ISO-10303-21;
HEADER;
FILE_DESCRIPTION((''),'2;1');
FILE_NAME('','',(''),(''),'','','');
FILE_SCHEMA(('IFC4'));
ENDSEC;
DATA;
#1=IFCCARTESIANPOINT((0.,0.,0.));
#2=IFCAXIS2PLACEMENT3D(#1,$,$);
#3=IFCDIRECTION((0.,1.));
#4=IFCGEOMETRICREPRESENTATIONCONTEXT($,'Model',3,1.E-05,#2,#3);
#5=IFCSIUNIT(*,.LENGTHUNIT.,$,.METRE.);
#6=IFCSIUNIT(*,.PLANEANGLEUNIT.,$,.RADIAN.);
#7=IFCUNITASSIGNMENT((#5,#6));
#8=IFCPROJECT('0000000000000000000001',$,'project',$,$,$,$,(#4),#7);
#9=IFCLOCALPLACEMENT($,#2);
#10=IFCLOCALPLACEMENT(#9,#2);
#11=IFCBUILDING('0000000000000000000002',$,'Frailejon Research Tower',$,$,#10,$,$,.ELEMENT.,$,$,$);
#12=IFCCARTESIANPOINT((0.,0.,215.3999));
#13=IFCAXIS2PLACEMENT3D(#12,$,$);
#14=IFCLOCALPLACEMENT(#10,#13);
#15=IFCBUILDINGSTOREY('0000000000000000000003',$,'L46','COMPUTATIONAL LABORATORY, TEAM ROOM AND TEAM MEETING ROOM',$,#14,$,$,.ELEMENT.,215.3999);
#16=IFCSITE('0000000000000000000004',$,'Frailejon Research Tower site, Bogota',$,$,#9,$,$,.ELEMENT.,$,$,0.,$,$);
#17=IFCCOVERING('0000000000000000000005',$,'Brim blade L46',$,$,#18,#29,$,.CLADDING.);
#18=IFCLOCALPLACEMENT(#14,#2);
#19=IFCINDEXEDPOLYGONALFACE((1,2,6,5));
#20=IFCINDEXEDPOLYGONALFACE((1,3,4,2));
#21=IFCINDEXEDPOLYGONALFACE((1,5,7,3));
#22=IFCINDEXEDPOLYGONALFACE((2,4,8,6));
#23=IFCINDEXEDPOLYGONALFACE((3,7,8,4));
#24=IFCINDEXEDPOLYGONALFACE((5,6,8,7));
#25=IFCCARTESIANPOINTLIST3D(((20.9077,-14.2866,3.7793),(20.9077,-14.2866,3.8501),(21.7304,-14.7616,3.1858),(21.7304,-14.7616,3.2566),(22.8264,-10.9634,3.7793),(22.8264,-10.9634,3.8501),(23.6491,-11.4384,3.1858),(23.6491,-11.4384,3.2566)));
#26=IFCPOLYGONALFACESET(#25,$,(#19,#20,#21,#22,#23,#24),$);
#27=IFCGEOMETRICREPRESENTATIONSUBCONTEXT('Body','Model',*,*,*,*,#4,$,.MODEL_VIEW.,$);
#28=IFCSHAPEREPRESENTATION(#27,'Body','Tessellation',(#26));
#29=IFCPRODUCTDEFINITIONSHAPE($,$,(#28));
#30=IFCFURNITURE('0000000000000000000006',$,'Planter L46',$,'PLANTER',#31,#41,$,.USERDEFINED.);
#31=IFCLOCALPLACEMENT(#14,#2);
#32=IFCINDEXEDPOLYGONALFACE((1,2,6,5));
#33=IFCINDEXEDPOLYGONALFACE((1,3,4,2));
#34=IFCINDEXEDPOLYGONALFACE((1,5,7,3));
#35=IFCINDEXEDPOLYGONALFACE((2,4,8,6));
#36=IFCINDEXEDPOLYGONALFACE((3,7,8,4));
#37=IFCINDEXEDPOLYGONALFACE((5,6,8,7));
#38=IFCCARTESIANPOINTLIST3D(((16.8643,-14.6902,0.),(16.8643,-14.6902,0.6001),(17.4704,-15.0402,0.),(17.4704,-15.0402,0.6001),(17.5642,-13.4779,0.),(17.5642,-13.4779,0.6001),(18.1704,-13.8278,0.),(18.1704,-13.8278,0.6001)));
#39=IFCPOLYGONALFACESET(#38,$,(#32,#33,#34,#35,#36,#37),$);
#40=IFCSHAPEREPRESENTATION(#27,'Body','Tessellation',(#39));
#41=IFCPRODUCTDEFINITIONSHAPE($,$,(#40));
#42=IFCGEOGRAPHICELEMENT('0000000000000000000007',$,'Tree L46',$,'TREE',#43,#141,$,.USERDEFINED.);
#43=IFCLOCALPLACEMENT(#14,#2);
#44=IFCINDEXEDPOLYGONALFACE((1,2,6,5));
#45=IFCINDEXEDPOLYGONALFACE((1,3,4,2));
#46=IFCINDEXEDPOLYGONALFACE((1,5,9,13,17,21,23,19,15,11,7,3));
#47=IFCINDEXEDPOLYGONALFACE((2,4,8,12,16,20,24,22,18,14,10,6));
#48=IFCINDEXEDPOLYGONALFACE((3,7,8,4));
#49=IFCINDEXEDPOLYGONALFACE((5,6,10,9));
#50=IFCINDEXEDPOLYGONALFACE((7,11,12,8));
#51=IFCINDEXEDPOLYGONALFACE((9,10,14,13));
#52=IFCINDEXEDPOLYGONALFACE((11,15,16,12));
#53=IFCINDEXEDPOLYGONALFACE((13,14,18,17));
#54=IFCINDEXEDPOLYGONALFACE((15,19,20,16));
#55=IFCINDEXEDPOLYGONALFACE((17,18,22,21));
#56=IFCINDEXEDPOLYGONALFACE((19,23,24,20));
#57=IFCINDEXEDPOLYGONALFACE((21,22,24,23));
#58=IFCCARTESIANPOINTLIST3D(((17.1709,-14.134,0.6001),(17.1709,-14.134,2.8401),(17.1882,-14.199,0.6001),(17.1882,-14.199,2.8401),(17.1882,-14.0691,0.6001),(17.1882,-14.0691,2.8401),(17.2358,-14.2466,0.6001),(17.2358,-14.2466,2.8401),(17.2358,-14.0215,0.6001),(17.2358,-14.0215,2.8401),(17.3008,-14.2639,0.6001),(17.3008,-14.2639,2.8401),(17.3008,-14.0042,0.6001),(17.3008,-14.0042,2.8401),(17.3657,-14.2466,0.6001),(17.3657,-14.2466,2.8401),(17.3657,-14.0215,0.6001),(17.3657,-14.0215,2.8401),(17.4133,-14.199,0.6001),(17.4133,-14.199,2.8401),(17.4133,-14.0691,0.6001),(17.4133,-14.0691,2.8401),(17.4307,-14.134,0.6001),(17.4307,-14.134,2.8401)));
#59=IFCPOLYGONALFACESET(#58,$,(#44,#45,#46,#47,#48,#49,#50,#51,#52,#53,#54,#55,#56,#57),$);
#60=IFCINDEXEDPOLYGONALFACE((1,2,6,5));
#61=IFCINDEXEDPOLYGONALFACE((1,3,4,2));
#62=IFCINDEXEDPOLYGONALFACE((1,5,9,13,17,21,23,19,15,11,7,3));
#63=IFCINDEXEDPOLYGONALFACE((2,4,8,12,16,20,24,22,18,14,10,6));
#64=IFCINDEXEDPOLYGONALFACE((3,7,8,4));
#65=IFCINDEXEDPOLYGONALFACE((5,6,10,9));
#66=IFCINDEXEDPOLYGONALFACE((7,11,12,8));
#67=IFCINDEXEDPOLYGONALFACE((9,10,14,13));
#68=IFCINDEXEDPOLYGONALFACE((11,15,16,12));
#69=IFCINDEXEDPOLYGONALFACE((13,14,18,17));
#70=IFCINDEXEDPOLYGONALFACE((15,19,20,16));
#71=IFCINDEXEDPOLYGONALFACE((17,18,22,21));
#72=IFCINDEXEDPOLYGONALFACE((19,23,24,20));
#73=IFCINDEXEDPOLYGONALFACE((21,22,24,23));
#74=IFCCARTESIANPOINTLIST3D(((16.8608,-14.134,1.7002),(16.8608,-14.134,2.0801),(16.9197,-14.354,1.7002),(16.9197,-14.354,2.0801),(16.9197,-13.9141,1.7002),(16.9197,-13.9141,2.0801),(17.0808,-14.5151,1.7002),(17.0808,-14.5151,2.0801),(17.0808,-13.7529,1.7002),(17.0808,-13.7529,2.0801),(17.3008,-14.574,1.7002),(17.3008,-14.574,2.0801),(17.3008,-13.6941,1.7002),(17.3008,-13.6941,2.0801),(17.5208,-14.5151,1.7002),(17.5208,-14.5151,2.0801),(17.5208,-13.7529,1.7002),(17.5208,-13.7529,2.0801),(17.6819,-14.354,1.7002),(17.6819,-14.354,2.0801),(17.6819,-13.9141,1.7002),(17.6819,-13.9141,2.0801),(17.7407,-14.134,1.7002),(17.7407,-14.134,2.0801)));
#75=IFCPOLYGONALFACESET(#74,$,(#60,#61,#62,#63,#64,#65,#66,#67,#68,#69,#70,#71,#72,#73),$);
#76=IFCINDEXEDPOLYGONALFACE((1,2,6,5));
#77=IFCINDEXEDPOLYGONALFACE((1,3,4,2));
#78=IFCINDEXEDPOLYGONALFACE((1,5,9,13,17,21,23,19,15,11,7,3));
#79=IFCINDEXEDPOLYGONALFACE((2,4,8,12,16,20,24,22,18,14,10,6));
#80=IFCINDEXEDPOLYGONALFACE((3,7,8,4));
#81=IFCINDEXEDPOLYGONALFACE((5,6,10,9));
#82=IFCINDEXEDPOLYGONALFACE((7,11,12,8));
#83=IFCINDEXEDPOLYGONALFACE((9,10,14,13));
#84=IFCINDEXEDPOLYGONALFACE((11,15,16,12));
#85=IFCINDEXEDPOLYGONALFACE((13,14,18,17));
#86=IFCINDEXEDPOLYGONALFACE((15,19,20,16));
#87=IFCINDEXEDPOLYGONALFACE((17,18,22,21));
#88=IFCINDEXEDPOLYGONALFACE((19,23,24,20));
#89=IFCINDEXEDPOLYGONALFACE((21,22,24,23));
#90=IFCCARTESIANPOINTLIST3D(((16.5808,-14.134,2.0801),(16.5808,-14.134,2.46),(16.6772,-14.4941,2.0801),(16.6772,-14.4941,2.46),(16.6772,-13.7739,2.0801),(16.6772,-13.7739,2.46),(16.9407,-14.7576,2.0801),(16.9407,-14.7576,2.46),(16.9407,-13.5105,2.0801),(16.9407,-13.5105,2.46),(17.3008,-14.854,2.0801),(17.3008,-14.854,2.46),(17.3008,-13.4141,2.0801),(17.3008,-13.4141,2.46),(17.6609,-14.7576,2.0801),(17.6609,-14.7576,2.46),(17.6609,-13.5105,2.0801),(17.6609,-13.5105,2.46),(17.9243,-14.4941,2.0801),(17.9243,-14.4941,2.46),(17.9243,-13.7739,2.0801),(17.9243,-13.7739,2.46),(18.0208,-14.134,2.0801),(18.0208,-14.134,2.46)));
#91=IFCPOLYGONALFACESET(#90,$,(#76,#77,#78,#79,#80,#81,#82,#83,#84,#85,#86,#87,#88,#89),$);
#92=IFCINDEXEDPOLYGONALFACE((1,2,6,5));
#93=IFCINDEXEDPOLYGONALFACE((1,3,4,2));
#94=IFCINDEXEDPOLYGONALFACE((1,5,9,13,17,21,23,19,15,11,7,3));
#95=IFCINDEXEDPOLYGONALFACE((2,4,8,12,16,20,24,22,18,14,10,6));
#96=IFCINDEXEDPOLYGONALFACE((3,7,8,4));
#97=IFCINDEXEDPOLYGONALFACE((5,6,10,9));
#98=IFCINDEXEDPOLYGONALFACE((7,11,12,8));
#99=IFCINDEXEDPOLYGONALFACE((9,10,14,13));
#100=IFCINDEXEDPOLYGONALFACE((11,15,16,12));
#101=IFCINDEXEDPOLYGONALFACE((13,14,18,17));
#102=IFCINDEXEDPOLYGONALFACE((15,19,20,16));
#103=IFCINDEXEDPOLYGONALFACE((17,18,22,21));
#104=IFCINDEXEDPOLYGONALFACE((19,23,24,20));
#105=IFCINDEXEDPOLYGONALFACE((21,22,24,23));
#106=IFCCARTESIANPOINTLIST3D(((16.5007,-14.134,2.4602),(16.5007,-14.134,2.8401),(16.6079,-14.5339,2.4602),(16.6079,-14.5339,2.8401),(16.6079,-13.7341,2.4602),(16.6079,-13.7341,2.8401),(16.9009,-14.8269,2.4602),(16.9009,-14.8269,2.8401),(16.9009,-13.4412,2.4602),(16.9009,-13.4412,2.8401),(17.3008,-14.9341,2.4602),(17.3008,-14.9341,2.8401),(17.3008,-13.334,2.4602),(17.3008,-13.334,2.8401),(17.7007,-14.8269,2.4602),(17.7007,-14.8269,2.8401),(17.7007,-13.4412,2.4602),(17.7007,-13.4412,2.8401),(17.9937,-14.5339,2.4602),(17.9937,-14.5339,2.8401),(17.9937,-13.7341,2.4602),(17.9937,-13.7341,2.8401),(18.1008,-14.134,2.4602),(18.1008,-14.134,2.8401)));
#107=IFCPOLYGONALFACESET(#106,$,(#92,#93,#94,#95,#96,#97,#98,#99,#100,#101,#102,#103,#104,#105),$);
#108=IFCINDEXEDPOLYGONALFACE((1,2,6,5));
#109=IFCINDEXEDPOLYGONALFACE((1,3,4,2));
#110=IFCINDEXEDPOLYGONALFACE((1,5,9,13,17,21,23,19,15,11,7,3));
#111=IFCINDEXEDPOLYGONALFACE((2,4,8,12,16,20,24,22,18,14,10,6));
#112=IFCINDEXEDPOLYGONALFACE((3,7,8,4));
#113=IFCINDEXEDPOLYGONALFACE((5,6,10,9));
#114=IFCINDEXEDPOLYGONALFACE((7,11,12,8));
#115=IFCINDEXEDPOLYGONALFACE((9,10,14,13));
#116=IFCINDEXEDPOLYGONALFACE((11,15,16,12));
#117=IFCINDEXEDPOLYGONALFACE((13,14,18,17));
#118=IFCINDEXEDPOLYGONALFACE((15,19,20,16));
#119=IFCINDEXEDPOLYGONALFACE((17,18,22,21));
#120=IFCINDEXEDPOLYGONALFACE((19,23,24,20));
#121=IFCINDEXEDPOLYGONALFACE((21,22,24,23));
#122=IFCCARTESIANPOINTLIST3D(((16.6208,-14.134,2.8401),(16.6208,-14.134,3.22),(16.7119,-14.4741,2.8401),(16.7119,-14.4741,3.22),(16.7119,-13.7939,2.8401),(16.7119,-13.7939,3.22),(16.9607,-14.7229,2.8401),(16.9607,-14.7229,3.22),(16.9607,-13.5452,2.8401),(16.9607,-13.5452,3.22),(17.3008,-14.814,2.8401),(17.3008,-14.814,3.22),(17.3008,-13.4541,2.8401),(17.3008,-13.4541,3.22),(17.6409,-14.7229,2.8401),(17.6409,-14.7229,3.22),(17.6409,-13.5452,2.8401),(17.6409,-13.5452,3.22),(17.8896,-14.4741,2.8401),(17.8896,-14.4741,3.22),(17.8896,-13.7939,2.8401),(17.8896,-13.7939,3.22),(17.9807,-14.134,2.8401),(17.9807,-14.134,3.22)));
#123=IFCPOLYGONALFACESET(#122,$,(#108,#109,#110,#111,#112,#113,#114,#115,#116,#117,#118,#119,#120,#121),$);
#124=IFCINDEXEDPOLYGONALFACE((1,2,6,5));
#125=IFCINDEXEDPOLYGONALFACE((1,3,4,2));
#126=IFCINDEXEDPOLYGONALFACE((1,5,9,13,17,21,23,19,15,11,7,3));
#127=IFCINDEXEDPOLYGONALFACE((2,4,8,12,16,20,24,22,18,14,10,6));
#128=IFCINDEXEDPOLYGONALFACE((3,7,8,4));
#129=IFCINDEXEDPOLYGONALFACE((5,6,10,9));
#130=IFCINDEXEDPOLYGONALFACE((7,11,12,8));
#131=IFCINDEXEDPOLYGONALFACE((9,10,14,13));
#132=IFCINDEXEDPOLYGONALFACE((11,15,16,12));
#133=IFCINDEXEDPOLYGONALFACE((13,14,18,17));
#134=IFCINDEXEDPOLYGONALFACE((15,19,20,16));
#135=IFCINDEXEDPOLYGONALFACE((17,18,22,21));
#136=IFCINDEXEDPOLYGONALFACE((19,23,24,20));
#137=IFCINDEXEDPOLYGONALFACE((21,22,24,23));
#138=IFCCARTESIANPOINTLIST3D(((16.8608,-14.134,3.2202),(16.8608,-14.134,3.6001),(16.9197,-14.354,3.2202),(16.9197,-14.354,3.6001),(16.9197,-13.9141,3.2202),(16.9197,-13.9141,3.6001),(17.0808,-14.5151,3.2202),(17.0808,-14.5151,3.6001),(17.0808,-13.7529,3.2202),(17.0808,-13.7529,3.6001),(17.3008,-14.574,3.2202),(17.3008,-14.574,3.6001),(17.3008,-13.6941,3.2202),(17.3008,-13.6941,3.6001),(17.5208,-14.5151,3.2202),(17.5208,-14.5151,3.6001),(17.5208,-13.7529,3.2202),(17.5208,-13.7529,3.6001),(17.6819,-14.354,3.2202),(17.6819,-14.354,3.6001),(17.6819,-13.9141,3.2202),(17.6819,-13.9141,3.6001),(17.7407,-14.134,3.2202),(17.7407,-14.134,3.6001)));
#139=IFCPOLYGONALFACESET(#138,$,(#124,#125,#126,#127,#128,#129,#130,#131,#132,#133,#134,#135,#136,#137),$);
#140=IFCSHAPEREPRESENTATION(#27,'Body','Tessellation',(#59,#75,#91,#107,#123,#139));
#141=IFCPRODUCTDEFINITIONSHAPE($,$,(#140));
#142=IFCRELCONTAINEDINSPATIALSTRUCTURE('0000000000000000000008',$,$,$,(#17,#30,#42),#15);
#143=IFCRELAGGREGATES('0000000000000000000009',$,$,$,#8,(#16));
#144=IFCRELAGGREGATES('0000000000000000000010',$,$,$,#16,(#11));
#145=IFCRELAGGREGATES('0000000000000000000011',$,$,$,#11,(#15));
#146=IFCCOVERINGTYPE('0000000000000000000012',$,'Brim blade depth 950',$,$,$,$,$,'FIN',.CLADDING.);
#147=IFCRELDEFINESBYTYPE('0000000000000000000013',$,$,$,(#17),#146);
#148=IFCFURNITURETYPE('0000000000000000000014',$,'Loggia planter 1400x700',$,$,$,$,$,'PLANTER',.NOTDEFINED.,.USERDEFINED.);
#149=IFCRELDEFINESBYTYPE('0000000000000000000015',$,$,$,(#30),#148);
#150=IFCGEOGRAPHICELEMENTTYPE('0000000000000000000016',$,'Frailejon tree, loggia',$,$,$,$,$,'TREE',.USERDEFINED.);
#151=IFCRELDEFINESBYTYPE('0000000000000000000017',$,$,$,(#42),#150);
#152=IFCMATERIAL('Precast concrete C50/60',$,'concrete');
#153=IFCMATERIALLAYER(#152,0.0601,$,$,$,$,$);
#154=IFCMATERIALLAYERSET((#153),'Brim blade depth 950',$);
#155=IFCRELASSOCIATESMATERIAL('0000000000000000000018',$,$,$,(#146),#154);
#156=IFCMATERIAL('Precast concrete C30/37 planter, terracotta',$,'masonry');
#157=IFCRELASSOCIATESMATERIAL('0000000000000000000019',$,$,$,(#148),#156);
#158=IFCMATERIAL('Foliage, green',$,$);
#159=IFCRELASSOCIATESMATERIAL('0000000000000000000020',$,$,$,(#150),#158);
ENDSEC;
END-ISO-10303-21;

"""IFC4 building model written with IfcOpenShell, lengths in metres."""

from ifc_helpers import new_model, si_unit, direction, frame, origin, origin_2d, place, context, subcontext, project, spatial, polyline, rectangle, outline, extrude, material, layer, layer_set, type_object, element, save


model = new_model("IFC4")

# Units and contexts
model_context = context("Model", 3, precision=1e-05, world=origin(), true_north=direction((0.0, 1.0)))
body_context = subcontext(model_context, "Body", "Model", "MODEL_VIEW")
ifc_project = project(units=[si_unit("LENGTHUNIT", "METRE"), si_unit("PLANEANGLEUNIT", "RADIAN")], contexts=[model_context])

# Site, building, storey
site_placement = place(None, origin())
site = spatial("IfcSite", under=ifc_project, at=site_placement, Name="Frailejon Research Tower site, Bogota", CompositionType="ELEMENT", RefElevation=0.0)
building_placement = place(site_placement, origin())
building = spatial("IfcBuilding", under=site, at=building_placement, Name="Frailejon Research Tower", CompositionType="ELEMENT")
storey_placement = place(building_placement, frame((0.0, 0.0, 215.3999)))
storey = spatial("IfcBuildingStorey", under=building, at=storey_placement, Name="L46", Description="COMPUTATIONAL LABORATORY, TEAM ROOM AND TEAM MEETING ROOM", CompositionType="ELEMENT", Elevation=215.3999)

# Covering
ifc_material_1 = material(Name="Precast concrete C50/60", Category="concrete")
ifc_layer_1 = layer(ifc_material_1, 0.0601)
ifc_layer_set_1 = layer_set([ifc_layer_1], Name="Brim blade depth 950")
covering_type_1 = type_object("IfcCoveringType", Name="Brim blade depth 950", ElementType="FIN", PredefinedType="CLADDING", material=ifc_layer_set_1)
covering_1_placement = place(storey_placement, frame((22.8264, -10.9634, 3.8501), z_axis=(-0.50001, -0.86602, 0.0), x_axis=(0.86602, -0.50001, 0.0)))
element("IfcCovering", 1, at=covering_1_placement, inside=storey, type_object=covering_type_1, Name="Brim blade L46", PredefinedType="CLADDING", context=body_context, shape_type="SweptSolid", body=[
    extrude(outline(polyline([(0.0, -0.0708), (0.95, -0.6643), (0.95, -0.5935), (0.0, 0.0), (0.0, -0.0708)])), origin(), (0.0, 0.0, 1.0), 3.8374),
])

# Furniture
ifc_material_2 = material(Name="Precast concrete C30/37 planter, terracotta", Category="masonry")
furniture_type = type_object("IfcFurnitureType", Name="Loggia planter 1400x700", ElementType="PLANTER", AssemblyPlace="NOTDEFINED", PredefinedType="USERDEFINED", material=ifc_material_2)
furniture_placement = place(storey_placement, frame((17.5173, -14.259, 0.0), z_axis=(0.0, 0.0, 1.0), x_axis=(0.5, 0.866025, 0.0)))
element("IfcFurniture", 2, at=furniture_placement, inside=storey, type_object=furniture_type, Name="Planter L46", ObjectType="PLANTER", PredefinedType="USERDEFINED", context=body_context, shape_type="SweptSolid", body=[
    extrude(rectangle(XDim=1.3999, YDim=0.7, at=origin_2d()), origin(), (0.0, 0.0, 1.0), 0.6001),
])

# Geographic element
ifc_material_3 = material(Name="Foliage, green")
geographic_element_type = type_object("IfcGeographicElementType", Name="Frailejon tree, loggia", ElementType="TREE", PredefinedType="USERDEFINED", material=ifc_material_3)
geographic_element_placement = place(storey_placement, frame((17.3008, -14.134, 0.6001)))
element("IfcGeographicElement", 3, at=geographic_element_placement, inside=storey, type_object=geographic_element_type, Name="Tree L46", ObjectType="TREE", PredefinedType="USERDEFINED", context=body_context, shape_type="SweptSolid", body=[
    extrude(outline(polyline([(0.1299, 0.0), (0.1125, 0.0649), (0.0649, 0.1125), (0.0, 0.1299), (-0.0649, 0.1125), (-0.1125, 0.0649), (-0.1299, 0.0), (-0.1125, -0.0649), (-0.0649, -0.1125), (0.0, -0.1299), (0.0649, -0.1125), (0.1125, -0.0649), (0.1299, 0.0)])), origin(), (0.0, 0.0, 1.0), 2.24),
    extrude(outline(polyline([(0.4399, 0.0), (0.3811, 0.22), (0.22, 0.3811), (0.0, 0.4399), (-0.22, 0.3811), (-0.3811, 0.22), (-0.4399, 0.0), (-0.3811, -0.22), (-0.22, -0.3811), (0.0, -0.4399), (0.22, -0.3811), (0.3811, -0.22), (0.4399, 0.0)])), frame((0.0, 0.0, 1.1001)), (0.0, 0.0, 1.0), 0.3799),
    extrude(outline(polyline([(0.72, 0.0), (0.6235, 0.3601), (0.3601, 0.6235), (0.0, 0.72), (-0.3601, 0.6235), (-0.6235, 0.3601), (-0.72, 0.0), (-0.6235, -0.3601), (-0.3601, -0.6235), (0.0, -0.72), (0.3601, -0.6235), (0.6235, -0.3601), (0.72, 0.0)])), frame((0.0, 0.0, 1.48)), (0.0, 0.0, 1.0), 0.3799),
    extrude(outline(polyline([(0.8, 0.0), (0.6929, 0.3999), (0.3999, 0.6929), (0.0, 0.8), (-0.3999, 0.6929), (-0.6929, 0.3999), (-0.8, 0.0), (-0.6929, -0.3999), (-0.3999, -0.6929), (0.0, -0.8), (0.3999, -0.6929), (0.6929, -0.3999), (0.8, 0.0)])), frame((0.0, 0.0, 1.8601)), (0.0, 0.0, 1.0), 0.3799),
    extrude(outline(polyline([(0.6799, 0.0), (0.5889, 0.3401), (0.3401, 0.5889), (0.0, 0.6799), (-0.3401, 0.5889), (-0.5889, 0.3401), (-0.6799, 0.0), (-0.5889, -0.3401), (-0.3401, -0.5889), (0.0, -0.6799), (0.3401, -0.5889), (0.5889, -0.3401), (0.6799, 0.0)])), frame((0.0, 0.0, 2.24)), (0.0, 0.0, 1.0), 0.3799),
    extrude(outline(polyline([(0.4399, 0.0), (0.3811, 0.22), (0.22, 0.3811), (0.0, 0.4399), (-0.22, 0.3811), (-0.3811, 0.22), (-0.4399, 0.0), (-0.3811, -0.22), (-0.22, -0.3811), (0.0, -0.4399), (0.22, -0.3811), (0.3811, -0.22), (0.4399, 0.0)])), frame((0.0, 0.0, 2.6201)), (0.0, 0.0, 1.0), 0.3799),
])

save(model, "model.ifc")
